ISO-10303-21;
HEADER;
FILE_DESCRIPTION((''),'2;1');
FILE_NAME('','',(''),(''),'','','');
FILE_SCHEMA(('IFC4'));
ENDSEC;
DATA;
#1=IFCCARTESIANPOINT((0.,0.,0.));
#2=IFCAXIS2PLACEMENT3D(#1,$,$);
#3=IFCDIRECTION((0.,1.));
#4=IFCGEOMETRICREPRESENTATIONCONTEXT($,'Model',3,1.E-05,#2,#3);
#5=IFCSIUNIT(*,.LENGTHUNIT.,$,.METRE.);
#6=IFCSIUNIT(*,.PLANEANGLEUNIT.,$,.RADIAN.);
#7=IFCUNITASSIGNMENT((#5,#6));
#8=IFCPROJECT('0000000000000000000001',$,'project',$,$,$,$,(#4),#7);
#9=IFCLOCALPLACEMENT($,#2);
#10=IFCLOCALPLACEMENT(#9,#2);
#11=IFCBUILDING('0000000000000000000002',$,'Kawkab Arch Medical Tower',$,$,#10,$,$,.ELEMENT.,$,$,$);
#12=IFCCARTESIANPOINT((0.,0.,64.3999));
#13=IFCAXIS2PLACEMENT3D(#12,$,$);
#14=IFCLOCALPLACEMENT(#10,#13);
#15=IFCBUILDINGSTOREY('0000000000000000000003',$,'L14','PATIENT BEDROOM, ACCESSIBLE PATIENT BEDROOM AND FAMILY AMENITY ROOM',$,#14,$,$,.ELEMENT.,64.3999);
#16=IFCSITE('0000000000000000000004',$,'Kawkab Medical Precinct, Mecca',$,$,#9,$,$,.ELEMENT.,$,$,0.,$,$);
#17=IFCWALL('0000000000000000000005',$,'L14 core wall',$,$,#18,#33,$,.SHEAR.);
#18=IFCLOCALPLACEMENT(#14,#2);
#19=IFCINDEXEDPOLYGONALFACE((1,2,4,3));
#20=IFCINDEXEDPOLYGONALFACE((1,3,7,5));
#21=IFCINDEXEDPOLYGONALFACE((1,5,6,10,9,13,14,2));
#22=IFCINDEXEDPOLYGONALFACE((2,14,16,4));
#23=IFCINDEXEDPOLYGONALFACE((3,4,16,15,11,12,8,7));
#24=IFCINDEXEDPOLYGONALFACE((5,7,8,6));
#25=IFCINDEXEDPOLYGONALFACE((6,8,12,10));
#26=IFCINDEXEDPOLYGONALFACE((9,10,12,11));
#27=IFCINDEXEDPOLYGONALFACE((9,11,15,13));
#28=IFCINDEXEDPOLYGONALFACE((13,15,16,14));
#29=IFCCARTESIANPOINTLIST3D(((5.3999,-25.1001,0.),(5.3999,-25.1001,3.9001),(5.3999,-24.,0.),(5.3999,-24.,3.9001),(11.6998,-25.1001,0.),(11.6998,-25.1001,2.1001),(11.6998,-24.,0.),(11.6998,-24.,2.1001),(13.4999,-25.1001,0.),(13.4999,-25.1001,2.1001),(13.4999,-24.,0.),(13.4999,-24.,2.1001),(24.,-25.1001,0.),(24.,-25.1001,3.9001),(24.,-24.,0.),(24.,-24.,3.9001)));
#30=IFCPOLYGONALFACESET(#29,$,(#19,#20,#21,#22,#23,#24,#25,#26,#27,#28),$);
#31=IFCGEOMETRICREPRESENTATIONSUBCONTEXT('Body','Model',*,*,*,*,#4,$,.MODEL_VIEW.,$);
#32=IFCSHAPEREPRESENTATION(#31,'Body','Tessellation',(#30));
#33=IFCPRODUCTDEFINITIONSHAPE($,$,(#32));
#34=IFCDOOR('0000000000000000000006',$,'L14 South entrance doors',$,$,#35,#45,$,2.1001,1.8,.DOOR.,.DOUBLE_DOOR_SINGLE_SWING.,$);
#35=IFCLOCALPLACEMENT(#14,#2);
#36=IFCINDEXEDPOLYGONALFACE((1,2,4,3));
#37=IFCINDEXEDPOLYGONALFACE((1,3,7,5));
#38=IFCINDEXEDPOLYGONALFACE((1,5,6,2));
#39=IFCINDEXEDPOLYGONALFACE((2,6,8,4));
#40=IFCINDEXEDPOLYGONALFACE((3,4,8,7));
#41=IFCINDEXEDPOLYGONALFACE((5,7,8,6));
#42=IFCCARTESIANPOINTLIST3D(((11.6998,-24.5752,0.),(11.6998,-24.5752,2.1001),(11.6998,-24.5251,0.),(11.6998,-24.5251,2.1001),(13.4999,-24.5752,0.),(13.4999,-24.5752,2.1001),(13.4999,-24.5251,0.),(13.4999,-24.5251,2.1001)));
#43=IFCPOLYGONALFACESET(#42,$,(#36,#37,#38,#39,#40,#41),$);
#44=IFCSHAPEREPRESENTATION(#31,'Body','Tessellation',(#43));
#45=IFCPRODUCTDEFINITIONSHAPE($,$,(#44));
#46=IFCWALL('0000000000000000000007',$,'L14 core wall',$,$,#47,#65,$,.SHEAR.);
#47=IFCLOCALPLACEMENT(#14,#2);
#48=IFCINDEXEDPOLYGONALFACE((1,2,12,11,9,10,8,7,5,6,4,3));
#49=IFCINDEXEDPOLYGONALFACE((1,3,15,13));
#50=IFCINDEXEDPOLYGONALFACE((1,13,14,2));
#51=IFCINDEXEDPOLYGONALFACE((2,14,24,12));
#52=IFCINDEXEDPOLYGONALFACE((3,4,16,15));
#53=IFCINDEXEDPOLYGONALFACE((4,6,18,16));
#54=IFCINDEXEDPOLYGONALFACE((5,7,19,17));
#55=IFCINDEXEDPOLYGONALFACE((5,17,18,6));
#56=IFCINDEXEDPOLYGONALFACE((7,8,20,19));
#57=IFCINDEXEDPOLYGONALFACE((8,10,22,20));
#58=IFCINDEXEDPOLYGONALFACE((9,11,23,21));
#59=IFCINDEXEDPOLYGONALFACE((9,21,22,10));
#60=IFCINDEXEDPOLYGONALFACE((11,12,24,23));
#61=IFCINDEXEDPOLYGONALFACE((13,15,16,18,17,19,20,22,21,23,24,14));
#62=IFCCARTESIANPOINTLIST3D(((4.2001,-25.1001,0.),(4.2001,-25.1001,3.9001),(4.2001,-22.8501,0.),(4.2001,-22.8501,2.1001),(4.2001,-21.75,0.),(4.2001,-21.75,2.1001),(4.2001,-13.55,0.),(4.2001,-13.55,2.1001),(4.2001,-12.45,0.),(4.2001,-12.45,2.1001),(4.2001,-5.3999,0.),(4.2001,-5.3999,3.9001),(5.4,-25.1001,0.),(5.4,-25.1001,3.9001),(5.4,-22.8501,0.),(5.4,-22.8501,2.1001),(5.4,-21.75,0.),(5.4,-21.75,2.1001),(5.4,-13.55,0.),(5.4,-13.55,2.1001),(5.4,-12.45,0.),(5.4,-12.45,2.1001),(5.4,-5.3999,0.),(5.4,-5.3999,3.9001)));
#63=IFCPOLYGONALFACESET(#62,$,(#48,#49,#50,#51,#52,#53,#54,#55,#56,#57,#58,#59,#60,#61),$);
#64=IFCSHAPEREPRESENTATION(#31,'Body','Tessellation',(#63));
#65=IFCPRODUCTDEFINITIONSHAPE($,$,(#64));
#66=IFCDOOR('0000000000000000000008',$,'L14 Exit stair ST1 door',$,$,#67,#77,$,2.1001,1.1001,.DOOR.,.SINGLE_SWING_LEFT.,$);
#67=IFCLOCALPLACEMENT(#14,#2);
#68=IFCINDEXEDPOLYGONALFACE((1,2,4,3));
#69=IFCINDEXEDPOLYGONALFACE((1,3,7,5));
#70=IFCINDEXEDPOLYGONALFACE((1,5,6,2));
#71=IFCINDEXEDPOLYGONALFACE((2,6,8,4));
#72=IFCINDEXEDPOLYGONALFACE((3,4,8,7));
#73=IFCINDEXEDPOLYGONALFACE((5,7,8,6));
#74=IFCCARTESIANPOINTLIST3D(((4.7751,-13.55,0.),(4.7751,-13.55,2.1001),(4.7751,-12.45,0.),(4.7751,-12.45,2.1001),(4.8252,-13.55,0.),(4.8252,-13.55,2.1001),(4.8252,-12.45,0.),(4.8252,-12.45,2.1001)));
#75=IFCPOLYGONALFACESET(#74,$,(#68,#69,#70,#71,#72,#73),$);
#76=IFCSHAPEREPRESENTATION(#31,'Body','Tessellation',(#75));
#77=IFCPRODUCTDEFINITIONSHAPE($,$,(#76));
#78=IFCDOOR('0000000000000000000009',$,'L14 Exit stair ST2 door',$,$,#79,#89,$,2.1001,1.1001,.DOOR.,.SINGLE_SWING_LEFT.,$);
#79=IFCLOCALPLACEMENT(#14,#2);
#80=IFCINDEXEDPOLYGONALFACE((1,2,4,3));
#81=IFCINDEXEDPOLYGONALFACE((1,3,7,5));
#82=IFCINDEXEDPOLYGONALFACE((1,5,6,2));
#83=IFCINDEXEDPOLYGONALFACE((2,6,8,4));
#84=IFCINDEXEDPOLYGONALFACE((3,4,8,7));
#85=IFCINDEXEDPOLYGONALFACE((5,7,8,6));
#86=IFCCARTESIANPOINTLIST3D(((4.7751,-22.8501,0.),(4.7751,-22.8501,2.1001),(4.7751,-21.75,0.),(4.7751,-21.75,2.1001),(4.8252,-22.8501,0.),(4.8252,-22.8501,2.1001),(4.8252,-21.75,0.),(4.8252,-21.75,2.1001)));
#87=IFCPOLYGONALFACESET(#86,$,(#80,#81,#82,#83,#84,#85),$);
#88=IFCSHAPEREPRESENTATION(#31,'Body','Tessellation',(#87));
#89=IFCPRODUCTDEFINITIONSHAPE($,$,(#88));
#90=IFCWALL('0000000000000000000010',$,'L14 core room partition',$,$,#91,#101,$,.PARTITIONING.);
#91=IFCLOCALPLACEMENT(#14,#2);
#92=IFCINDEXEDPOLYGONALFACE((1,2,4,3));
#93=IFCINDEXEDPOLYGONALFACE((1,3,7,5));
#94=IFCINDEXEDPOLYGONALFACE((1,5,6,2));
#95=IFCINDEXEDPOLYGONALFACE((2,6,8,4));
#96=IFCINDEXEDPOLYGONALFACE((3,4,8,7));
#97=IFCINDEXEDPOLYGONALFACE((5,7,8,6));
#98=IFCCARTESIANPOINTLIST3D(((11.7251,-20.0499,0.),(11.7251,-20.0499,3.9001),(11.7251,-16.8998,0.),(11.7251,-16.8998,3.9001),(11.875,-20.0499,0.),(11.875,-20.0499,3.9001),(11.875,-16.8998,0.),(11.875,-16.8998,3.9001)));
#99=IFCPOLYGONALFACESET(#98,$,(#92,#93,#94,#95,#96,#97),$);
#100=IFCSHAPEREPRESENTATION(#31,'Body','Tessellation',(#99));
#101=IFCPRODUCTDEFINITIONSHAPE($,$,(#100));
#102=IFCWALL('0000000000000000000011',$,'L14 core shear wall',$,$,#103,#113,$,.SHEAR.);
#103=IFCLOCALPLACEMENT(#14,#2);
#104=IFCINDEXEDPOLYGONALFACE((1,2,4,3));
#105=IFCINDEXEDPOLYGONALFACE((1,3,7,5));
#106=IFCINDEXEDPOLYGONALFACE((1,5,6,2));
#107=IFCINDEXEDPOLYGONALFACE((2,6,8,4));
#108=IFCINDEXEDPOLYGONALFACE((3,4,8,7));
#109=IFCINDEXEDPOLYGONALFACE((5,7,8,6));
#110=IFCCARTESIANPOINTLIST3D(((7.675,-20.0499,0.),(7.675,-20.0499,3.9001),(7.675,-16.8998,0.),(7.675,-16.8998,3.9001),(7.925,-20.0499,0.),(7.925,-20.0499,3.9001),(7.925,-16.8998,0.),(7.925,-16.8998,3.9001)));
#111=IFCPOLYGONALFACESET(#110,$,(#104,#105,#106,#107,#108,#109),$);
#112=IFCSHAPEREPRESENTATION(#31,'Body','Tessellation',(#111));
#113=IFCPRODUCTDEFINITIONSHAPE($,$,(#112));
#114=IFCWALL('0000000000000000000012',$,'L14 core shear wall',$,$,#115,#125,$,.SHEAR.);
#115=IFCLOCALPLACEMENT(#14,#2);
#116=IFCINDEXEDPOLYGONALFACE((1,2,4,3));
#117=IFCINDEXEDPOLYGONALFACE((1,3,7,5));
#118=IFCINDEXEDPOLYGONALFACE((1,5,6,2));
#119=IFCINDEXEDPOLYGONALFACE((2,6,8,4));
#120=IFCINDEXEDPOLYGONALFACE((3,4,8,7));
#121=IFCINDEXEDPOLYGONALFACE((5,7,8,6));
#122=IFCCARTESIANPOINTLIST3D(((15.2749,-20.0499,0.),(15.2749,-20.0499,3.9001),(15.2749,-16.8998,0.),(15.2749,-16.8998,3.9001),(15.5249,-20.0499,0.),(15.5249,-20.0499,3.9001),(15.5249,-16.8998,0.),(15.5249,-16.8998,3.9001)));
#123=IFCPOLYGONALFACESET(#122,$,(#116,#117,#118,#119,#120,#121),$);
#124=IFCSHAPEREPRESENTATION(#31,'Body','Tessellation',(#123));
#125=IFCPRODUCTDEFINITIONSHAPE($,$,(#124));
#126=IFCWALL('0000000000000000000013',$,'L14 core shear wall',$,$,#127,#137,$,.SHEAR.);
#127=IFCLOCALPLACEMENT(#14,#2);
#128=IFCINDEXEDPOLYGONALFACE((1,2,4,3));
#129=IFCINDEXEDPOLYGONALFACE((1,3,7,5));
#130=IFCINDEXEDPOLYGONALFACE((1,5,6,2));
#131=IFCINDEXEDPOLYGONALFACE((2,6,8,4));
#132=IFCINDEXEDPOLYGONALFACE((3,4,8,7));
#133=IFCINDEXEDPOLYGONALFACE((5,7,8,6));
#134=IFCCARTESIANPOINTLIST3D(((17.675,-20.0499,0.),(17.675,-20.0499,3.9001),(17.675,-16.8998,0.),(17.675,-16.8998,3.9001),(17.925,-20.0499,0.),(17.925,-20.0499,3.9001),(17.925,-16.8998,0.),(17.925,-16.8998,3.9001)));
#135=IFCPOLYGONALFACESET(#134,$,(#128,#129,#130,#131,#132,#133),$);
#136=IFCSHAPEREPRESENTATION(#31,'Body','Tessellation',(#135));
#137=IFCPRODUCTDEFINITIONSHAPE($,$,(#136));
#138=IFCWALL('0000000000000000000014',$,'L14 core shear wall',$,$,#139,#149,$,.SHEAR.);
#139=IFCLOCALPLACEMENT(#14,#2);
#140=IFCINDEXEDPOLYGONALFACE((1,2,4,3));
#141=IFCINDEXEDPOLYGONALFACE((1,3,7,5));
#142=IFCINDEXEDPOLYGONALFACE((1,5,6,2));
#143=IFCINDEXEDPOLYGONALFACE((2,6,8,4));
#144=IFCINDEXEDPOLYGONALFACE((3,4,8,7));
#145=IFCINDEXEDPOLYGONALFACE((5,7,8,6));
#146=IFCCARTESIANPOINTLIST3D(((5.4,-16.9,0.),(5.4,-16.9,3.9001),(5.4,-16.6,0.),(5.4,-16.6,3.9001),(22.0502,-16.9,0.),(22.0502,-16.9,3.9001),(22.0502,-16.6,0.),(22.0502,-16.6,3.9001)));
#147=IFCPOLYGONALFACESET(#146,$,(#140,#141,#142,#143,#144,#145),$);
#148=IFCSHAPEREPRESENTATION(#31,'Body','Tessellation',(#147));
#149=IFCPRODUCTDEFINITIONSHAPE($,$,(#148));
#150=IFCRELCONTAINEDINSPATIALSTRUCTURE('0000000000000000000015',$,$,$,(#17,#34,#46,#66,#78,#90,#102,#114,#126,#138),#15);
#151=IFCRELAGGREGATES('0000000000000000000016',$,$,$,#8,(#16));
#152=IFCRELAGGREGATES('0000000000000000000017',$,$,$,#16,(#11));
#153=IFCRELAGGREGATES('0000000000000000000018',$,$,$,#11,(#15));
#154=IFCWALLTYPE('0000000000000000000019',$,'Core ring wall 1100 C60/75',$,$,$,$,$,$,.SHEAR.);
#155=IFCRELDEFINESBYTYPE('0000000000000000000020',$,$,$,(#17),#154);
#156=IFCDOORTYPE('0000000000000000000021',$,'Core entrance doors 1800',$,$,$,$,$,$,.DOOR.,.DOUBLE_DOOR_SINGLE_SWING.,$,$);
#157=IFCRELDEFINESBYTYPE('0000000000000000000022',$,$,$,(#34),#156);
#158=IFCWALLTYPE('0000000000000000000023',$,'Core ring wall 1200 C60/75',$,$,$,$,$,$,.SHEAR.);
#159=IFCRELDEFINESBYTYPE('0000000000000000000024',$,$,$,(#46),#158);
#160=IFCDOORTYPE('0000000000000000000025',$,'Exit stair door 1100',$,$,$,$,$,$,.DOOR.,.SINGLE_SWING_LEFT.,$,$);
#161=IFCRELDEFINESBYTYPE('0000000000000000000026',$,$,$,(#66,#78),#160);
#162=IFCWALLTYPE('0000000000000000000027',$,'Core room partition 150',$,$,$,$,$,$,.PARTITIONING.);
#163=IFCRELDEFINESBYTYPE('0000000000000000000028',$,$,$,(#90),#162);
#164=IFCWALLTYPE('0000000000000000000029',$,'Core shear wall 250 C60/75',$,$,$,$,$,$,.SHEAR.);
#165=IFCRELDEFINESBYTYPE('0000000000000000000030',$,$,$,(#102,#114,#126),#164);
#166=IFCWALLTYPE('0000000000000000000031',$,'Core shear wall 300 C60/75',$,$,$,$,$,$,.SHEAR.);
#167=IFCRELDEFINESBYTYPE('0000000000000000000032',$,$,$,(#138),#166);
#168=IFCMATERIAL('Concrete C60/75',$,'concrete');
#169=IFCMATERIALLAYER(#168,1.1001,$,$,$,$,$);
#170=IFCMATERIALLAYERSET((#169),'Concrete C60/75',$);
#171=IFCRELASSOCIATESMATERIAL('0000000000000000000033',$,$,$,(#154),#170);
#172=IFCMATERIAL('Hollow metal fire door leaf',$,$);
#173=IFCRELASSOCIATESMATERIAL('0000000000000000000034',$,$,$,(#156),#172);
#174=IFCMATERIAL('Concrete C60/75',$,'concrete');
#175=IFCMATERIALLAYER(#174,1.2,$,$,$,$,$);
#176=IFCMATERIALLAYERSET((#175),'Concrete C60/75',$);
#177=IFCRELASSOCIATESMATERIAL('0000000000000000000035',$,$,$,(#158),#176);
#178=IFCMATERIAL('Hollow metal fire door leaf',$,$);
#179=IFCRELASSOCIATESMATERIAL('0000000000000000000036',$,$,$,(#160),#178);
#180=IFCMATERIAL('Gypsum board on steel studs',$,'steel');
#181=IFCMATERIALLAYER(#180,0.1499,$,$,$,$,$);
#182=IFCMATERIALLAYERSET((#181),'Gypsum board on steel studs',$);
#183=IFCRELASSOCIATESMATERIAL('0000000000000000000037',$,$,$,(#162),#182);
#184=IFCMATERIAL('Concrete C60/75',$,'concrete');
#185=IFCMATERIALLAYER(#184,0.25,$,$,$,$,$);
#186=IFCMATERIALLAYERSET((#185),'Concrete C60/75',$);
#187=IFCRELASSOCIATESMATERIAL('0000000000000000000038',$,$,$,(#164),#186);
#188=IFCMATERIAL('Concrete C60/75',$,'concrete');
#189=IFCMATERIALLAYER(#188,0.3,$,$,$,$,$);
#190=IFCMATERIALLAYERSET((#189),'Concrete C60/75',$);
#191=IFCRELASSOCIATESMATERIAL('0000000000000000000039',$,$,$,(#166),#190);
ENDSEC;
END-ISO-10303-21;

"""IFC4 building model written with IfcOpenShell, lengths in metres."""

from ifc_helpers import new_model, si_unit, direction, frame, frame_2d, origin, place, context, subcontext, project, spatial, rectangle, extrude, material, layer, layer_set, type_object, element, fill, save


model = new_model("IFC4")

# Units and contexts
model_context = context("Model", 3, precision=1e-05, world=origin(), true_north=direction((0.0, 1.0)))
body_context = subcontext(model_context, "Body", "Model", "MODEL_VIEW")
ifc_project = project(units=[si_unit("LENGTHUNIT", "METRE"), si_unit("PLANEANGLEUNIT", "RADIAN")], contexts=[model_context])

# Site, building, storey
site_placement = place(None, origin())
site = spatial("IfcSite", under=ifc_project, at=site_placement, Name="Kawkab Medical Precinct, Mecca", CompositionType="ELEMENT", RefElevation=0.0)
building_placement = place(site_placement, origin())
building = spatial("IfcBuilding", under=site, at=building_placement, Name="Kawkab Arch Medical Tower", CompositionType="ELEMENT")
storey_placement = place(building_placement, frame((0.0, 0.0, 64.3999)))
storey = spatial("IfcBuildingStorey", under=building, at=storey_placement, Name="L14", Description="PATIENT BEDROOM, ACCESSIBLE PATIENT BEDROOM AND FAMILY AMENITY ROOM", CompositionType="ELEMENT", Elevation=64.3999)

# Wall, opening, door
ifc_material_1 = material(Name="Concrete C60/75", Category="concrete")
ifc_layer_1 = layer(ifc_material_1, 1.1001)
ifc_layer_set_1 = layer_set([ifc_layer_1], Name="Concrete C60/75")
wall_type_1 = type_object("IfcWallType", Name="Core ring wall 1100 C60/75", PredefinedType="SHEAR", material=ifc_layer_set_1)
wall_1_placement = place(storey_placement, frame((5.3999, -24.55, 0.0), z_axis=(0.0, 0.0, 1.0), x_axis=(1.0, 0.0, 0.0)))
wall_1 = element("IfcWall", 1, at=wall_1_placement, inside=storey, type_object=wall_type_1, Name="L14 core wall", PredefinedType="SHEAR", context=body_context, shape_type="SweptSolid", body=[
    extrude(rectangle(XDim=18.6001, YDim=1.1001, at=frame_2d((9.3, 0.0))), origin(), (0.0, 0.0, 1.0), 3.9001),
])
opening_1_placement = place(wall_1_placement, frame((6.3, 0.0, 0.0)))
opening_1 = element("IfcOpeningElement", 2, at=opening_1_placement, cuts=wall_1, PredefinedType="OPENING", context=body_context, shape_type="SweptSolid", body=[
    extrude(rectangle(XDim=1.8, YDim=2.1001, at=frame_2d((0.8999, 1.05))), frame((0.0, 0.5601, 0.0), z_axis=(0.0, -1.0, 0.0), x_axis=(1.0, 0.0, 0.0)), (0.0, 0.0, 1.0), 1.1201),
])
ifc_material_2 = material(Name="Hollow metal fire door leaf")
door_type_1 = type_object("IfcDoorType", Name="Core entrance doors 1800", OperationType="DOUBLE_DOOR_SINGLE_SWING", PredefinedType="DOOR", material=ifc_material_2)
door_1_placement = place(opening_1_placement, origin())
door_1 = element("IfcDoor", 3, at=door_1_placement, inside=storey, type_object=door_type_1, Name="L14 South entrance doors", OperationType="DOUBLE_DOOR_SINGLE_SWING", OverallHeight=2.1001, OverallWidth=1.8, PredefinedType="DOOR", context=body_context, shape_type="SweptSolid", body=[
    extrude(rectangle(XDim=1.8, YDim=2.1001, at=frame_2d((0.8999, 1.05))), frame((0.0, 0.0249, 0.0), z_axis=(0.0, -1.0, 0.0), x_axis=(1.0, 0.0, 0.0)), (0.0, 0.0, 1.0), 0.05),
])
fill(opening_1, door_1)

# Wall, openings, doors
ifc_material_3 = material(Name="Concrete C60/75", Category="concrete")
ifc_layer_2 = layer(ifc_material_3, 1.2)
ifc_layer_set_2 = layer_set([ifc_layer_2], Name="Concrete C60/75")
wall_type_2 = type_object("IfcWallType", Name="Core ring wall 1200 C60/75", PredefinedType="SHEAR", material=ifc_layer_set_2)
wall_2_placement = place(storey_placement, frame((4.8, -25.1001, 0.0), z_axis=(0.0, 0.0, 1.0), x_axis=(0.0, 1.0, 0.0)))
wall_2 = element("IfcWall", 4, at=wall_2_placement, inside=storey, type_object=wall_type_2, Name="L14 core wall", PredefinedType="SHEAR", context=body_context, shape_type="SweptSolid", body=[
    extrude(rectangle(XDim=19.7002, YDim=1.2, at=frame_2d((9.8501, 0.0))), origin(), (0.0, 0.0, 1.0), 3.9001),
])
opening_2_placement = place(wall_2_placement, frame((11.55, 0.0, 0.0)))
opening_2 = element("IfcOpeningElement", 5, at=opening_2_placement, cuts=wall_2, PredefinedType="OPENING", context=body_context, shape_type="SweptSolid", body=[
    extrude(rectangle(XDim=1.1001, YDim=2.1001, at=frame_2d((0.55, 1.05))), frame((0.0, 0.6099, 0.0), z_axis=(0.0, -1.0, 0.0), x_axis=(1.0, 0.0, 0.0)), (0.0, 0.0, 1.0), 1.22),
])
opening_3_placement = place(wall_2_placement, frame((2.25, 0.0, 0.0)))
opening_3 = element("IfcOpeningElement", 6, at=opening_3_placement, cuts=wall_2, PredefinedType="OPENING", context=body_context, shape_type="SweptSolid", body=[
    extrude(rectangle(XDim=1.1001, YDim=2.1001, at=frame_2d((0.55, 1.05))), frame((0.0, 0.6099, 0.0), z_axis=(0.0, -1.0, 0.0), x_axis=(1.0, 0.0, 0.0)), (0.0, 0.0, 1.0), 1.22),
])
ifc_material_4 = material(Name="Hollow metal fire door leaf")
door_type_2 = type_object("IfcDoorType", Name="Exit stair door 1100", OperationType="SINGLE_SWING_LEFT", PredefinedType="DOOR", material=ifc_material_4)
door_2_placement = place(opening_2_placement, origin())
door_2 = element("IfcDoor", 7, at=door_2_placement, inside=storey, type_object=door_type_2, Name="L14 Exit stair ST1 door", OperationType="SINGLE_SWING_LEFT", OverallHeight=2.1001, OverallWidth=1.1001, PredefinedType="DOOR", context=body_context, shape_type="SweptSolid", body=[
    extrude(rectangle(XDim=1.1001, YDim=2.1001, at=frame_2d((0.55, 1.05))), frame((0.0, 0.0249, 0.0), z_axis=(0.0, -1.0, 0.0), x_axis=(1.0, 0.0, 0.0)), (0.0, 0.0, 1.0), 0.05),
])
fill(opening_2, door_2)
door_3_placement = place(opening_3_placement, origin())
door_3 = element("IfcDoor", 8, at=door_3_placement, inside=storey, type_object=door_type_2, Name="L14 Exit stair ST2 door", OperationType="SINGLE_SWING_LEFT", OverallHeight=2.1001, OverallWidth=1.1001, PredefinedType="DOOR", context=body_context, shape_type="SweptSolid", body=[
    extrude(rectangle(XDim=1.1001, YDim=2.1001, at=frame_2d((0.55, 1.05))), frame((0.0, 0.0249, 0.0), z_axis=(0.0, -1.0, 0.0), x_axis=(1.0, 0.0, 0.0)), (0.0, 0.0, 1.0), 0.05),
])
fill(opening_3, door_3)

# Walls
ifc_material_5 = material(Name="Gypsum board on steel studs", Category="steel")
ifc_layer_3 = layer(ifc_material_5, 0.1499)
ifc_layer_set_3 = layer_set([ifc_layer_3], Name="Gypsum board on steel studs")
wall_type_3 = type_object("IfcWallType", Name="Core room partition 150", PredefinedType="PARTITIONING", material=ifc_layer_set_3)
wall_3_placement = place(storey_placement, frame((11.8, -20.05, 0.0), z_axis=(0.0, 0.0, 1.0), x_axis=(0.0, 1.0, 0.0)))
element("IfcWall", 9, at=wall_3_placement, inside=storey, type_object=wall_type_3, Name="L14 core room partition", PredefinedType="PARTITIONING", context=body_context, shape_type="SweptSolid", body=[
    extrude(rectangle(XDim=3.1501, YDim=0.1499, at=frame_2d((1.5752, 0.0))), origin(), (0.0, 0.0, 1.0), 3.9001),
])
ifc_material_6 = material(Name="Concrete C60/75", Category="concrete")
ifc_layer_4 = layer(ifc_material_6, 0.25)
ifc_layer_set_4 = layer_set([ifc_layer_4], Name="Concrete C60/75")
wall_type_4 = type_object("IfcWallType", Name="Core shear wall 250 C60/75", PredefinedType="SHEAR", material=ifc_layer_set_4)
for number, where, z_axis, x_axis, name in (
    (10, (7.8, -20.05, 0.0), (0.0, 0.0, 1.0), (0.0, 1.0, 0.0), "L14 core shear wall"),
    (11, (15.3999, -20.05, 0.0), (0.0, 0.0, 1.0), (0.0, 1.0, 0.0), "L14 core shear wall"),
    (12, (17.8, -20.05, 0.0), (0.0, 0.0, 1.0), (0.0, 1.0, 0.0), "L14 core shear wall"),
):
    element("IfcWall", number, at=place(storey_placement, frame(where, z_axis=z_axis, x_axis=x_axis)), inside=storey, type_object=wall_type_4, Name=name, PredefinedType="SHEAR", context=body_context, shape_type="SweptSolid", body=[
        extrude(rectangle(XDim=3.1501, YDim=0.25, at=frame_2d((1.5752, 0.0))), origin(), (0.0, 0.0, 1.0), 3.9001),
    ])
ifc_material_7 = material(Name="Concrete C60/75", Category="concrete")
ifc_layer_5 = layer(ifc_material_7, 0.3)
ifc_layer_set_5 = layer_set([ifc_layer_5], Name="Concrete C60/75")
wall_type_5 = type_object("IfcWallType", Name="Core shear wall 300 C60/75", PredefinedType="SHEAR", material=ifc_layer_set_5)
wall_4_placement = place(storey_placement, frame((5.3999, -16.75, 0.0), z_axis=(0.0, 0.0, 1.0), x_axis=(1.0, 0.0, 0.0)))
element("IfcWall", 13, at=wall_4_placement, inside=storey, type_object=wall_type_5, Name="L14 core shear wall", PredefinedType="SHEAR", context=body_context, shape_type="SweptSolid", body=[
    extrude(rectangle(XDim=16.6501, YDim=0.3, at=frame_2d((8.3252, 0.0))), origin(), (0.0, 0.0, 1.0), 3.9001),
])

save(model, "model.ifc")
